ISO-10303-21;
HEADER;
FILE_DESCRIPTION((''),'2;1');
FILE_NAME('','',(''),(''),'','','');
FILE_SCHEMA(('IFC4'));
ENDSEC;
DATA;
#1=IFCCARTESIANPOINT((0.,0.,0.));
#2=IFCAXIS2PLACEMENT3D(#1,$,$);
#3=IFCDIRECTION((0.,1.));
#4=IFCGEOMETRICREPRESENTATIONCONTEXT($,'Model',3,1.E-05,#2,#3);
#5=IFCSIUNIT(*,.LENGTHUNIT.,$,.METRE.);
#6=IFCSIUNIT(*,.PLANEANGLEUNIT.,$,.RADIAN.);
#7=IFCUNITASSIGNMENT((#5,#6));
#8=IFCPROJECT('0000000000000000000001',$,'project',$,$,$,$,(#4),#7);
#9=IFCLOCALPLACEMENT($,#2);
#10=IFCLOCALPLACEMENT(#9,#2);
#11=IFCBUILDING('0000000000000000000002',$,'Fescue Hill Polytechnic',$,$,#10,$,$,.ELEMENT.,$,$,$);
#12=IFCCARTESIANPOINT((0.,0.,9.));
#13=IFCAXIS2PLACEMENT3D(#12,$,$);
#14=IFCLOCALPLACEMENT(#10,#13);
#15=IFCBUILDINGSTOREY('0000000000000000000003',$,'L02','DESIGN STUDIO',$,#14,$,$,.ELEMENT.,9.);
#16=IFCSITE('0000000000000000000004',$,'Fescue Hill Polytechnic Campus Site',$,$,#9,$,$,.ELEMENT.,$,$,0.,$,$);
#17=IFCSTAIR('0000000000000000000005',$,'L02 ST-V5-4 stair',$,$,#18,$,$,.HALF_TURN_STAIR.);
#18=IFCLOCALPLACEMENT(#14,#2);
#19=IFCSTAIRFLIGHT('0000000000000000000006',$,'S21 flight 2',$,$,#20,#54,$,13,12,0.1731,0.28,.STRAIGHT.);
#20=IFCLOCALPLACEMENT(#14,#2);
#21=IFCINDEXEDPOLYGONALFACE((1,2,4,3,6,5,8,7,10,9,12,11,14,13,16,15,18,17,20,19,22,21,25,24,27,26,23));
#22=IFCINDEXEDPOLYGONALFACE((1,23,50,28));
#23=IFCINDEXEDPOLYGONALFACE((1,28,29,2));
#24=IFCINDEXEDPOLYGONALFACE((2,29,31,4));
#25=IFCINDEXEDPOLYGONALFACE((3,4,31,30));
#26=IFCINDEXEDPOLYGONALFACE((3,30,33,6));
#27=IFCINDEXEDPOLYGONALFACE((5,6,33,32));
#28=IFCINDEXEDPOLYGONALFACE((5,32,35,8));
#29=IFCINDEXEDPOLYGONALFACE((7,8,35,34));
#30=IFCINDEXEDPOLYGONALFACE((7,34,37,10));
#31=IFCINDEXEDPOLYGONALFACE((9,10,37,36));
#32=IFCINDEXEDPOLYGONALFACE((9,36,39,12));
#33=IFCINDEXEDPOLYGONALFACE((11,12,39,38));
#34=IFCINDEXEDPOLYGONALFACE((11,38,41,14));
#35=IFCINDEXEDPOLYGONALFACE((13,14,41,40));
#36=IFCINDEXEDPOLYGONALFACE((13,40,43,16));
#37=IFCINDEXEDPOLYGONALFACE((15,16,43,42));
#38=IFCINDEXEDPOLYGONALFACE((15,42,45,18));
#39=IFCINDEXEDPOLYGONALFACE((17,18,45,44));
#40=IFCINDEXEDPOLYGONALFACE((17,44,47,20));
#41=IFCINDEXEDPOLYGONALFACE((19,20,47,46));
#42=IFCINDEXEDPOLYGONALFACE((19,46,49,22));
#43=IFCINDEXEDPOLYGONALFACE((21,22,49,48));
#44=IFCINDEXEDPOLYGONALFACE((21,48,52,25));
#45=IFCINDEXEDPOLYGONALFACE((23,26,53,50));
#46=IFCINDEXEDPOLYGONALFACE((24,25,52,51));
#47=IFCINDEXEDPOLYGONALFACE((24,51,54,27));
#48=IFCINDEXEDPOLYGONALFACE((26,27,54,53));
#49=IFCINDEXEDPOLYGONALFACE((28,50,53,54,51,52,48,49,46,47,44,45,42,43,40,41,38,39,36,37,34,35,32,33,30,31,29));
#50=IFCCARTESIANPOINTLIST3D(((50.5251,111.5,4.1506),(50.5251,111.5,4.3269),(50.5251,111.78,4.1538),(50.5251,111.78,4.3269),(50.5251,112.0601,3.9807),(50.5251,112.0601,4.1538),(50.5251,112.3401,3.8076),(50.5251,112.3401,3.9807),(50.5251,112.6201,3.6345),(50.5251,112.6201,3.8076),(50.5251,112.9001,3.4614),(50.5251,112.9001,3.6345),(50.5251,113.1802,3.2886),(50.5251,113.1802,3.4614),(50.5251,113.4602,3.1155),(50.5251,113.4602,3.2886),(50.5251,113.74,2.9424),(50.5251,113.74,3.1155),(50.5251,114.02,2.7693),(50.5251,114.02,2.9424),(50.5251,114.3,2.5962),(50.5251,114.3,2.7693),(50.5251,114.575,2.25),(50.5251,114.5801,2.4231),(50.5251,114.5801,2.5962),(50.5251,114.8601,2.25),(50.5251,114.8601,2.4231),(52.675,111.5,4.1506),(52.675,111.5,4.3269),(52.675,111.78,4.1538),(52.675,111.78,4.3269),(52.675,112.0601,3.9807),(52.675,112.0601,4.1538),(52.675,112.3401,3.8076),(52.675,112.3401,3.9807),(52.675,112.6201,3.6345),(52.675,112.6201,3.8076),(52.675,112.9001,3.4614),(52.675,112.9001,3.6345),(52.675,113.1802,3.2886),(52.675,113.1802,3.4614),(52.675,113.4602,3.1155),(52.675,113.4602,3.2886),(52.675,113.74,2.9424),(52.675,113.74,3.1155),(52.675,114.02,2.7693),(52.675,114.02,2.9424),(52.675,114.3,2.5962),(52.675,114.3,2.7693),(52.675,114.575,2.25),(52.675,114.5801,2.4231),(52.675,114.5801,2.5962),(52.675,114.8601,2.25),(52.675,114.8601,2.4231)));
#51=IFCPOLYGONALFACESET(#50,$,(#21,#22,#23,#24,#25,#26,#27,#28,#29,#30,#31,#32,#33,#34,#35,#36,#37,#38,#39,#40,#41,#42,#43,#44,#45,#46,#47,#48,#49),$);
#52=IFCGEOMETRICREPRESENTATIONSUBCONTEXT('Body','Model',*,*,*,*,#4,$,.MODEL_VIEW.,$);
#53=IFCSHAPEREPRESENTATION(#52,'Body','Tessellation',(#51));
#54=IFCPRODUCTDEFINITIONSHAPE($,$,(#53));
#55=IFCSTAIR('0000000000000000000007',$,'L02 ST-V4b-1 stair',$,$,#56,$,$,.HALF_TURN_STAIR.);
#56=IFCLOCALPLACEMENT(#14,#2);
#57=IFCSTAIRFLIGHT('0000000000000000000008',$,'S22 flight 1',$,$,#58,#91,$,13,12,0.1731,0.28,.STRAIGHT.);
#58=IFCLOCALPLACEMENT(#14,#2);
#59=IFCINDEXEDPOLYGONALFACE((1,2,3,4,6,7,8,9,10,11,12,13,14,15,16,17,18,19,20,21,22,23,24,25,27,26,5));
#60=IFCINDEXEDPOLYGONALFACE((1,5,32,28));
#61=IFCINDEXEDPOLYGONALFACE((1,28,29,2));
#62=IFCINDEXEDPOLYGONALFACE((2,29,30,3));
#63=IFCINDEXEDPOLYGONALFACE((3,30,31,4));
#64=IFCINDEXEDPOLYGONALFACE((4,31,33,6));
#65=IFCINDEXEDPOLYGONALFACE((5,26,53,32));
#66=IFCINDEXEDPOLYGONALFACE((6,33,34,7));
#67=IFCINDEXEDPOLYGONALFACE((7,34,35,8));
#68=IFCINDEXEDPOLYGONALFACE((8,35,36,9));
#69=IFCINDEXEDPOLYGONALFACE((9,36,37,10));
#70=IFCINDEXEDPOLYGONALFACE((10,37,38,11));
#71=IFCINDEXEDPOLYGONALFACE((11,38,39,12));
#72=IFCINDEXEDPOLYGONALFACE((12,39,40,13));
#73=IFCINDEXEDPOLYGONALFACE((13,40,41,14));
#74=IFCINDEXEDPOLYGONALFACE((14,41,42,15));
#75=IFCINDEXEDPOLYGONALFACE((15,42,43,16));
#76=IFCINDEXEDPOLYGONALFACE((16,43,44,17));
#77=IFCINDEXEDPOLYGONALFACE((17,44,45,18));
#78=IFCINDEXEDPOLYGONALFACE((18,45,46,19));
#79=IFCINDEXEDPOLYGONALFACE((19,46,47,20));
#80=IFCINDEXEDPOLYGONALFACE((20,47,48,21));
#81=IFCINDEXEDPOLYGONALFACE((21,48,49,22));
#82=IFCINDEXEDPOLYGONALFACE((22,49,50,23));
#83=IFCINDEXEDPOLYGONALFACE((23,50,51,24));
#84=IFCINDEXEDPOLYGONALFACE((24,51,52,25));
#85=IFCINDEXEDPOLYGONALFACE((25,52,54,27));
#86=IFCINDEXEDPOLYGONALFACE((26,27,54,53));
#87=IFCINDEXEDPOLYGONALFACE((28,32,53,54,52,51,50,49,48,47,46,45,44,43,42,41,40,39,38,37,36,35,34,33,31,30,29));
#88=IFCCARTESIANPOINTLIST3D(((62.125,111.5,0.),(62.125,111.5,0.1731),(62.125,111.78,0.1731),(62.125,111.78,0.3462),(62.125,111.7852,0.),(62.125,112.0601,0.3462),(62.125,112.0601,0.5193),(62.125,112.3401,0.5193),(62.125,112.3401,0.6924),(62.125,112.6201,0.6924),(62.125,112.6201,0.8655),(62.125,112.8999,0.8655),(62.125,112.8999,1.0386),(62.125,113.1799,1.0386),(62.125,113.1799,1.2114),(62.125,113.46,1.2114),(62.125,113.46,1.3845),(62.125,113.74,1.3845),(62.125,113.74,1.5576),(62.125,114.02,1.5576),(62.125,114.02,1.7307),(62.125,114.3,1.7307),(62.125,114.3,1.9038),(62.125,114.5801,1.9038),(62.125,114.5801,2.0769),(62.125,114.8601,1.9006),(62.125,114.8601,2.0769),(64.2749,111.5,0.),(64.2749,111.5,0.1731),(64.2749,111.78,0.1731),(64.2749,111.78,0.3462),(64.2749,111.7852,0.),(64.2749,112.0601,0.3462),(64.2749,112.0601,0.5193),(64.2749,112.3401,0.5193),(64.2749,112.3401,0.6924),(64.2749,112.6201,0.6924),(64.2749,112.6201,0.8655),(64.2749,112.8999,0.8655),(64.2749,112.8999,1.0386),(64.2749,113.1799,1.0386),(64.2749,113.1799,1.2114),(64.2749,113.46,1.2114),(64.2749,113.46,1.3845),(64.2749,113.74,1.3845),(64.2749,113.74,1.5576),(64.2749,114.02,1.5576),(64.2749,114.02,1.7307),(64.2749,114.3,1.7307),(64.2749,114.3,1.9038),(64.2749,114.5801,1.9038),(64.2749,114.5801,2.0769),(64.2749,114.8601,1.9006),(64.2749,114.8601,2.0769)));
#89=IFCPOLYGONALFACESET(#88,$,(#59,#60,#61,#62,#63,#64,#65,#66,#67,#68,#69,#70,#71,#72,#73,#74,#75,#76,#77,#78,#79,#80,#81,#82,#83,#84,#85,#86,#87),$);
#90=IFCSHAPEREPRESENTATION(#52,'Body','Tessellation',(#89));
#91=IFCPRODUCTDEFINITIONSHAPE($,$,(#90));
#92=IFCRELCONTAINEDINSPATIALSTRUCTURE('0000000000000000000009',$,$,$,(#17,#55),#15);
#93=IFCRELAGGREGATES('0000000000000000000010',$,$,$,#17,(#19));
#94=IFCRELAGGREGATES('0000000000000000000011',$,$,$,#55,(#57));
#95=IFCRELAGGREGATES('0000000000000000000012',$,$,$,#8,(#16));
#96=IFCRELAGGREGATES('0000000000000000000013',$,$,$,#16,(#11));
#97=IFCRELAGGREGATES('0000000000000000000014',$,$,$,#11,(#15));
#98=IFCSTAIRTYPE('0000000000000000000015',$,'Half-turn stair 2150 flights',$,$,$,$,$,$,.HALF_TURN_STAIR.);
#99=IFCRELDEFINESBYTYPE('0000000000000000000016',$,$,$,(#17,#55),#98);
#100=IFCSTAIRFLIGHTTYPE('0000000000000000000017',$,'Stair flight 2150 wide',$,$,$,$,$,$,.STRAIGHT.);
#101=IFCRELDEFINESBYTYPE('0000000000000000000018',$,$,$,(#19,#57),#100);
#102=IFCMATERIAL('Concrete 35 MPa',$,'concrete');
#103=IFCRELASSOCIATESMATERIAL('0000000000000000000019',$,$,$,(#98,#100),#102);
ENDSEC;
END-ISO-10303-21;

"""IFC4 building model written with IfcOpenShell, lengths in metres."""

from ifc_helpers import new_model, si_unit, direction, frame, origin, place, context, subcontext, project, spatial, polyline, outline, extrude, material, type_object, element, aggregate, save


model = new_model("IFC4")

# Units and contexts
model_context = context("Model", 3, precision=1e-05, world=origin(), true_north=direction((0.0, 1.0)))
body_context = subcontext(model_context, "Body", "Model", "MODEL_VIEW")
ifc_project = project(units=[si_unit("LENGTHUNIT", "METRE"), si_unit("PLANEANGLEUNIT", "RADIAN")], contexts=[model_context])

# Site, building, storey
site_placement = place(None, origin())
site = spatial("IfcSite", under=ifc_project, at=site_placement, Name="Fescue Hill Polytechnic Campus Site", CompositionType="ELEMENT", RefElevation=0.0)
building_placement = place(site_placement, origin())
building = spatial("IfcBuilding", under=site, at=building_placement, Name="Fescue Hill Polytechnic", CompositionType="ELEMENT")
storey_placement = place(building_placement, frame((0.0, 0.0, 9.0)))
storey = spatial("IfcBuildingStorey", under=building, at=storey_placement, Name="L02", Description="DESIGN STUDIO", CompositionType="ELEMENT", Elevation=9.0)

# Stair, stair flight
ifc_material_1 = material(Name="Concrete 35 MPa", Category="concrete")
stair_type = type_object("IfcStairType", Name="Half-turn stair 2150 flights", PredefinedType="HALF_TURN_STAIR", material=ifc_material_1)
stair_1_placement = place(storey_placement, origin())
stair_1 = element("IfcStair", 1, at=stair_1_placement, inside=storey, type_object=stair_type, Name="L02 ST-V5-4 stair", PredefinedType="HALF_TURN_STAIR")
stair_flight_type = type_object("IfcStairFlightType", Name="Stair flight 2150 wide", PredefinedType="STRAIGHT", material=ifc_material_1)
stair_flight_1_placement = place(storey_placement, frame((51.6001, 114.8601, 2.25), z_axis=(0.0, 0.0, 1.0), x_axis=(0.0, -1.0, 0.0)))
stair_flight_1 = element("IfcStairFlight", 2, at=stair_flight_1_placement, type_object=stair_flight_type, Name="S21 flight 2", NumberOfRisers=13, NumberOfTreads=12, PredefinedType="STRAIGHT", RiserHeight=0.1731, TreadLength=0.28, context=body_context, shape_type="SweptSolid", body=[
    extrude(outline(polyline([(0.0, 0.0), (0.0, 0.1731), (0.28, 0.1731), (0.28, 0.3462), (0.5601, 0.3462), (0.5601, 0.5193), (0.8401, 0.5193), (0.8401, 0.6924), (1.1201, 0.6924), (1.1201, 0.8655), (1.3999, 0.8655), (1.3999, 1.0386), (1.6799, 1.0386), (1.6799, 1.2114), (1.96, 1.2114), (1.96, 1.3845), (2.24, 1.3845), (2.24, 1.5576), (2.52, 1.5576), (2.52, 1.7307), (2.8, 1.7307), (2.8, 1.9038), (3.0801, 1.9038), (3.0801, 2.0769), (3.3601, 2.0769), (3.3601, 2.25), (3.3601, 1.9006), (0.2852, 0.0), (0.0, 0.0)])), frame((0.0, 1.075, 0.0), z_axis=(0.0, -1.0, 0.0), x_axis=(1.0, 0.0, 0.0)), (0.0, 0.0, 1.0), 2.1499),
])
aggregate(stair_1, [stair_flight_1])

# Stair, stair flight
stair_2_placement = place(storey_placement, origin())
stair_2 = element("IfcStair", 3, at=stair_2_placement, inside=storey, type_object=stair_type, Name="L02 ST-V4b-1 stair", PredefinedType="HALF_TURN_STAIR")
stair_flight_2_placement = place(storey_placement, frame((63.2, 111.5, 0.0), z_axis=(0.0, 0.0, 1.0), x_axis=(0.0, 1.0, 0.0)))
stair_flight_2 = element("IfcStairFlight", 4, at=stair_flight_2_placement, type_object=stair_flight_type, Name="S22 flight 1", NumberOfRisers=13, NumberOfTreads=12, PredefinedType="STRAIGHT", RiserHeight=0.1731, TreadLength=0.28, context=body_context, shape_type="SweptSolid", body=[
    extrude(outline(polyline([(0.0, 0.0), (0.0, 0.1731), (0.28, 0.1731), (0.28, 0.3462), (0.5601, 0.3462), (0.5601, 0.5193), (0.8401, 0.5193), (0.8401, 0.6924), (1.1201, 0.6924), (1.1201, 0.8655), (1.3999, 0.8655), (1.3999, 1.0386), (1.6799, 1.0386), (1.6799, 1.2114), (1.96, 1.2114), (1.96, 1.3845), (2.24, 1.3845), (2.24, 1.5576), (2.52, 1.5576), (2.52, 1.7307), (2.8, 1.7307), (2.8, 1.9038), (3.0801, 1.9038), (3.0801, 2.0769), (3.3601, 2.0769), (3.3601, 2.25), (3.3601, 1.9006), (0.2852, 0.0), (0.0, 0.0)])), frame((0.0, 1.075, 0.0), z_axis=(0.0, -1.0, 0.0), x_axis=(1.0, 0.0, 0.0)), (0.0, 0.0, 1.0), 2.1499),
])
aggregate(stair_2, [stair_flight_2])

save(model, "model.ifc")
